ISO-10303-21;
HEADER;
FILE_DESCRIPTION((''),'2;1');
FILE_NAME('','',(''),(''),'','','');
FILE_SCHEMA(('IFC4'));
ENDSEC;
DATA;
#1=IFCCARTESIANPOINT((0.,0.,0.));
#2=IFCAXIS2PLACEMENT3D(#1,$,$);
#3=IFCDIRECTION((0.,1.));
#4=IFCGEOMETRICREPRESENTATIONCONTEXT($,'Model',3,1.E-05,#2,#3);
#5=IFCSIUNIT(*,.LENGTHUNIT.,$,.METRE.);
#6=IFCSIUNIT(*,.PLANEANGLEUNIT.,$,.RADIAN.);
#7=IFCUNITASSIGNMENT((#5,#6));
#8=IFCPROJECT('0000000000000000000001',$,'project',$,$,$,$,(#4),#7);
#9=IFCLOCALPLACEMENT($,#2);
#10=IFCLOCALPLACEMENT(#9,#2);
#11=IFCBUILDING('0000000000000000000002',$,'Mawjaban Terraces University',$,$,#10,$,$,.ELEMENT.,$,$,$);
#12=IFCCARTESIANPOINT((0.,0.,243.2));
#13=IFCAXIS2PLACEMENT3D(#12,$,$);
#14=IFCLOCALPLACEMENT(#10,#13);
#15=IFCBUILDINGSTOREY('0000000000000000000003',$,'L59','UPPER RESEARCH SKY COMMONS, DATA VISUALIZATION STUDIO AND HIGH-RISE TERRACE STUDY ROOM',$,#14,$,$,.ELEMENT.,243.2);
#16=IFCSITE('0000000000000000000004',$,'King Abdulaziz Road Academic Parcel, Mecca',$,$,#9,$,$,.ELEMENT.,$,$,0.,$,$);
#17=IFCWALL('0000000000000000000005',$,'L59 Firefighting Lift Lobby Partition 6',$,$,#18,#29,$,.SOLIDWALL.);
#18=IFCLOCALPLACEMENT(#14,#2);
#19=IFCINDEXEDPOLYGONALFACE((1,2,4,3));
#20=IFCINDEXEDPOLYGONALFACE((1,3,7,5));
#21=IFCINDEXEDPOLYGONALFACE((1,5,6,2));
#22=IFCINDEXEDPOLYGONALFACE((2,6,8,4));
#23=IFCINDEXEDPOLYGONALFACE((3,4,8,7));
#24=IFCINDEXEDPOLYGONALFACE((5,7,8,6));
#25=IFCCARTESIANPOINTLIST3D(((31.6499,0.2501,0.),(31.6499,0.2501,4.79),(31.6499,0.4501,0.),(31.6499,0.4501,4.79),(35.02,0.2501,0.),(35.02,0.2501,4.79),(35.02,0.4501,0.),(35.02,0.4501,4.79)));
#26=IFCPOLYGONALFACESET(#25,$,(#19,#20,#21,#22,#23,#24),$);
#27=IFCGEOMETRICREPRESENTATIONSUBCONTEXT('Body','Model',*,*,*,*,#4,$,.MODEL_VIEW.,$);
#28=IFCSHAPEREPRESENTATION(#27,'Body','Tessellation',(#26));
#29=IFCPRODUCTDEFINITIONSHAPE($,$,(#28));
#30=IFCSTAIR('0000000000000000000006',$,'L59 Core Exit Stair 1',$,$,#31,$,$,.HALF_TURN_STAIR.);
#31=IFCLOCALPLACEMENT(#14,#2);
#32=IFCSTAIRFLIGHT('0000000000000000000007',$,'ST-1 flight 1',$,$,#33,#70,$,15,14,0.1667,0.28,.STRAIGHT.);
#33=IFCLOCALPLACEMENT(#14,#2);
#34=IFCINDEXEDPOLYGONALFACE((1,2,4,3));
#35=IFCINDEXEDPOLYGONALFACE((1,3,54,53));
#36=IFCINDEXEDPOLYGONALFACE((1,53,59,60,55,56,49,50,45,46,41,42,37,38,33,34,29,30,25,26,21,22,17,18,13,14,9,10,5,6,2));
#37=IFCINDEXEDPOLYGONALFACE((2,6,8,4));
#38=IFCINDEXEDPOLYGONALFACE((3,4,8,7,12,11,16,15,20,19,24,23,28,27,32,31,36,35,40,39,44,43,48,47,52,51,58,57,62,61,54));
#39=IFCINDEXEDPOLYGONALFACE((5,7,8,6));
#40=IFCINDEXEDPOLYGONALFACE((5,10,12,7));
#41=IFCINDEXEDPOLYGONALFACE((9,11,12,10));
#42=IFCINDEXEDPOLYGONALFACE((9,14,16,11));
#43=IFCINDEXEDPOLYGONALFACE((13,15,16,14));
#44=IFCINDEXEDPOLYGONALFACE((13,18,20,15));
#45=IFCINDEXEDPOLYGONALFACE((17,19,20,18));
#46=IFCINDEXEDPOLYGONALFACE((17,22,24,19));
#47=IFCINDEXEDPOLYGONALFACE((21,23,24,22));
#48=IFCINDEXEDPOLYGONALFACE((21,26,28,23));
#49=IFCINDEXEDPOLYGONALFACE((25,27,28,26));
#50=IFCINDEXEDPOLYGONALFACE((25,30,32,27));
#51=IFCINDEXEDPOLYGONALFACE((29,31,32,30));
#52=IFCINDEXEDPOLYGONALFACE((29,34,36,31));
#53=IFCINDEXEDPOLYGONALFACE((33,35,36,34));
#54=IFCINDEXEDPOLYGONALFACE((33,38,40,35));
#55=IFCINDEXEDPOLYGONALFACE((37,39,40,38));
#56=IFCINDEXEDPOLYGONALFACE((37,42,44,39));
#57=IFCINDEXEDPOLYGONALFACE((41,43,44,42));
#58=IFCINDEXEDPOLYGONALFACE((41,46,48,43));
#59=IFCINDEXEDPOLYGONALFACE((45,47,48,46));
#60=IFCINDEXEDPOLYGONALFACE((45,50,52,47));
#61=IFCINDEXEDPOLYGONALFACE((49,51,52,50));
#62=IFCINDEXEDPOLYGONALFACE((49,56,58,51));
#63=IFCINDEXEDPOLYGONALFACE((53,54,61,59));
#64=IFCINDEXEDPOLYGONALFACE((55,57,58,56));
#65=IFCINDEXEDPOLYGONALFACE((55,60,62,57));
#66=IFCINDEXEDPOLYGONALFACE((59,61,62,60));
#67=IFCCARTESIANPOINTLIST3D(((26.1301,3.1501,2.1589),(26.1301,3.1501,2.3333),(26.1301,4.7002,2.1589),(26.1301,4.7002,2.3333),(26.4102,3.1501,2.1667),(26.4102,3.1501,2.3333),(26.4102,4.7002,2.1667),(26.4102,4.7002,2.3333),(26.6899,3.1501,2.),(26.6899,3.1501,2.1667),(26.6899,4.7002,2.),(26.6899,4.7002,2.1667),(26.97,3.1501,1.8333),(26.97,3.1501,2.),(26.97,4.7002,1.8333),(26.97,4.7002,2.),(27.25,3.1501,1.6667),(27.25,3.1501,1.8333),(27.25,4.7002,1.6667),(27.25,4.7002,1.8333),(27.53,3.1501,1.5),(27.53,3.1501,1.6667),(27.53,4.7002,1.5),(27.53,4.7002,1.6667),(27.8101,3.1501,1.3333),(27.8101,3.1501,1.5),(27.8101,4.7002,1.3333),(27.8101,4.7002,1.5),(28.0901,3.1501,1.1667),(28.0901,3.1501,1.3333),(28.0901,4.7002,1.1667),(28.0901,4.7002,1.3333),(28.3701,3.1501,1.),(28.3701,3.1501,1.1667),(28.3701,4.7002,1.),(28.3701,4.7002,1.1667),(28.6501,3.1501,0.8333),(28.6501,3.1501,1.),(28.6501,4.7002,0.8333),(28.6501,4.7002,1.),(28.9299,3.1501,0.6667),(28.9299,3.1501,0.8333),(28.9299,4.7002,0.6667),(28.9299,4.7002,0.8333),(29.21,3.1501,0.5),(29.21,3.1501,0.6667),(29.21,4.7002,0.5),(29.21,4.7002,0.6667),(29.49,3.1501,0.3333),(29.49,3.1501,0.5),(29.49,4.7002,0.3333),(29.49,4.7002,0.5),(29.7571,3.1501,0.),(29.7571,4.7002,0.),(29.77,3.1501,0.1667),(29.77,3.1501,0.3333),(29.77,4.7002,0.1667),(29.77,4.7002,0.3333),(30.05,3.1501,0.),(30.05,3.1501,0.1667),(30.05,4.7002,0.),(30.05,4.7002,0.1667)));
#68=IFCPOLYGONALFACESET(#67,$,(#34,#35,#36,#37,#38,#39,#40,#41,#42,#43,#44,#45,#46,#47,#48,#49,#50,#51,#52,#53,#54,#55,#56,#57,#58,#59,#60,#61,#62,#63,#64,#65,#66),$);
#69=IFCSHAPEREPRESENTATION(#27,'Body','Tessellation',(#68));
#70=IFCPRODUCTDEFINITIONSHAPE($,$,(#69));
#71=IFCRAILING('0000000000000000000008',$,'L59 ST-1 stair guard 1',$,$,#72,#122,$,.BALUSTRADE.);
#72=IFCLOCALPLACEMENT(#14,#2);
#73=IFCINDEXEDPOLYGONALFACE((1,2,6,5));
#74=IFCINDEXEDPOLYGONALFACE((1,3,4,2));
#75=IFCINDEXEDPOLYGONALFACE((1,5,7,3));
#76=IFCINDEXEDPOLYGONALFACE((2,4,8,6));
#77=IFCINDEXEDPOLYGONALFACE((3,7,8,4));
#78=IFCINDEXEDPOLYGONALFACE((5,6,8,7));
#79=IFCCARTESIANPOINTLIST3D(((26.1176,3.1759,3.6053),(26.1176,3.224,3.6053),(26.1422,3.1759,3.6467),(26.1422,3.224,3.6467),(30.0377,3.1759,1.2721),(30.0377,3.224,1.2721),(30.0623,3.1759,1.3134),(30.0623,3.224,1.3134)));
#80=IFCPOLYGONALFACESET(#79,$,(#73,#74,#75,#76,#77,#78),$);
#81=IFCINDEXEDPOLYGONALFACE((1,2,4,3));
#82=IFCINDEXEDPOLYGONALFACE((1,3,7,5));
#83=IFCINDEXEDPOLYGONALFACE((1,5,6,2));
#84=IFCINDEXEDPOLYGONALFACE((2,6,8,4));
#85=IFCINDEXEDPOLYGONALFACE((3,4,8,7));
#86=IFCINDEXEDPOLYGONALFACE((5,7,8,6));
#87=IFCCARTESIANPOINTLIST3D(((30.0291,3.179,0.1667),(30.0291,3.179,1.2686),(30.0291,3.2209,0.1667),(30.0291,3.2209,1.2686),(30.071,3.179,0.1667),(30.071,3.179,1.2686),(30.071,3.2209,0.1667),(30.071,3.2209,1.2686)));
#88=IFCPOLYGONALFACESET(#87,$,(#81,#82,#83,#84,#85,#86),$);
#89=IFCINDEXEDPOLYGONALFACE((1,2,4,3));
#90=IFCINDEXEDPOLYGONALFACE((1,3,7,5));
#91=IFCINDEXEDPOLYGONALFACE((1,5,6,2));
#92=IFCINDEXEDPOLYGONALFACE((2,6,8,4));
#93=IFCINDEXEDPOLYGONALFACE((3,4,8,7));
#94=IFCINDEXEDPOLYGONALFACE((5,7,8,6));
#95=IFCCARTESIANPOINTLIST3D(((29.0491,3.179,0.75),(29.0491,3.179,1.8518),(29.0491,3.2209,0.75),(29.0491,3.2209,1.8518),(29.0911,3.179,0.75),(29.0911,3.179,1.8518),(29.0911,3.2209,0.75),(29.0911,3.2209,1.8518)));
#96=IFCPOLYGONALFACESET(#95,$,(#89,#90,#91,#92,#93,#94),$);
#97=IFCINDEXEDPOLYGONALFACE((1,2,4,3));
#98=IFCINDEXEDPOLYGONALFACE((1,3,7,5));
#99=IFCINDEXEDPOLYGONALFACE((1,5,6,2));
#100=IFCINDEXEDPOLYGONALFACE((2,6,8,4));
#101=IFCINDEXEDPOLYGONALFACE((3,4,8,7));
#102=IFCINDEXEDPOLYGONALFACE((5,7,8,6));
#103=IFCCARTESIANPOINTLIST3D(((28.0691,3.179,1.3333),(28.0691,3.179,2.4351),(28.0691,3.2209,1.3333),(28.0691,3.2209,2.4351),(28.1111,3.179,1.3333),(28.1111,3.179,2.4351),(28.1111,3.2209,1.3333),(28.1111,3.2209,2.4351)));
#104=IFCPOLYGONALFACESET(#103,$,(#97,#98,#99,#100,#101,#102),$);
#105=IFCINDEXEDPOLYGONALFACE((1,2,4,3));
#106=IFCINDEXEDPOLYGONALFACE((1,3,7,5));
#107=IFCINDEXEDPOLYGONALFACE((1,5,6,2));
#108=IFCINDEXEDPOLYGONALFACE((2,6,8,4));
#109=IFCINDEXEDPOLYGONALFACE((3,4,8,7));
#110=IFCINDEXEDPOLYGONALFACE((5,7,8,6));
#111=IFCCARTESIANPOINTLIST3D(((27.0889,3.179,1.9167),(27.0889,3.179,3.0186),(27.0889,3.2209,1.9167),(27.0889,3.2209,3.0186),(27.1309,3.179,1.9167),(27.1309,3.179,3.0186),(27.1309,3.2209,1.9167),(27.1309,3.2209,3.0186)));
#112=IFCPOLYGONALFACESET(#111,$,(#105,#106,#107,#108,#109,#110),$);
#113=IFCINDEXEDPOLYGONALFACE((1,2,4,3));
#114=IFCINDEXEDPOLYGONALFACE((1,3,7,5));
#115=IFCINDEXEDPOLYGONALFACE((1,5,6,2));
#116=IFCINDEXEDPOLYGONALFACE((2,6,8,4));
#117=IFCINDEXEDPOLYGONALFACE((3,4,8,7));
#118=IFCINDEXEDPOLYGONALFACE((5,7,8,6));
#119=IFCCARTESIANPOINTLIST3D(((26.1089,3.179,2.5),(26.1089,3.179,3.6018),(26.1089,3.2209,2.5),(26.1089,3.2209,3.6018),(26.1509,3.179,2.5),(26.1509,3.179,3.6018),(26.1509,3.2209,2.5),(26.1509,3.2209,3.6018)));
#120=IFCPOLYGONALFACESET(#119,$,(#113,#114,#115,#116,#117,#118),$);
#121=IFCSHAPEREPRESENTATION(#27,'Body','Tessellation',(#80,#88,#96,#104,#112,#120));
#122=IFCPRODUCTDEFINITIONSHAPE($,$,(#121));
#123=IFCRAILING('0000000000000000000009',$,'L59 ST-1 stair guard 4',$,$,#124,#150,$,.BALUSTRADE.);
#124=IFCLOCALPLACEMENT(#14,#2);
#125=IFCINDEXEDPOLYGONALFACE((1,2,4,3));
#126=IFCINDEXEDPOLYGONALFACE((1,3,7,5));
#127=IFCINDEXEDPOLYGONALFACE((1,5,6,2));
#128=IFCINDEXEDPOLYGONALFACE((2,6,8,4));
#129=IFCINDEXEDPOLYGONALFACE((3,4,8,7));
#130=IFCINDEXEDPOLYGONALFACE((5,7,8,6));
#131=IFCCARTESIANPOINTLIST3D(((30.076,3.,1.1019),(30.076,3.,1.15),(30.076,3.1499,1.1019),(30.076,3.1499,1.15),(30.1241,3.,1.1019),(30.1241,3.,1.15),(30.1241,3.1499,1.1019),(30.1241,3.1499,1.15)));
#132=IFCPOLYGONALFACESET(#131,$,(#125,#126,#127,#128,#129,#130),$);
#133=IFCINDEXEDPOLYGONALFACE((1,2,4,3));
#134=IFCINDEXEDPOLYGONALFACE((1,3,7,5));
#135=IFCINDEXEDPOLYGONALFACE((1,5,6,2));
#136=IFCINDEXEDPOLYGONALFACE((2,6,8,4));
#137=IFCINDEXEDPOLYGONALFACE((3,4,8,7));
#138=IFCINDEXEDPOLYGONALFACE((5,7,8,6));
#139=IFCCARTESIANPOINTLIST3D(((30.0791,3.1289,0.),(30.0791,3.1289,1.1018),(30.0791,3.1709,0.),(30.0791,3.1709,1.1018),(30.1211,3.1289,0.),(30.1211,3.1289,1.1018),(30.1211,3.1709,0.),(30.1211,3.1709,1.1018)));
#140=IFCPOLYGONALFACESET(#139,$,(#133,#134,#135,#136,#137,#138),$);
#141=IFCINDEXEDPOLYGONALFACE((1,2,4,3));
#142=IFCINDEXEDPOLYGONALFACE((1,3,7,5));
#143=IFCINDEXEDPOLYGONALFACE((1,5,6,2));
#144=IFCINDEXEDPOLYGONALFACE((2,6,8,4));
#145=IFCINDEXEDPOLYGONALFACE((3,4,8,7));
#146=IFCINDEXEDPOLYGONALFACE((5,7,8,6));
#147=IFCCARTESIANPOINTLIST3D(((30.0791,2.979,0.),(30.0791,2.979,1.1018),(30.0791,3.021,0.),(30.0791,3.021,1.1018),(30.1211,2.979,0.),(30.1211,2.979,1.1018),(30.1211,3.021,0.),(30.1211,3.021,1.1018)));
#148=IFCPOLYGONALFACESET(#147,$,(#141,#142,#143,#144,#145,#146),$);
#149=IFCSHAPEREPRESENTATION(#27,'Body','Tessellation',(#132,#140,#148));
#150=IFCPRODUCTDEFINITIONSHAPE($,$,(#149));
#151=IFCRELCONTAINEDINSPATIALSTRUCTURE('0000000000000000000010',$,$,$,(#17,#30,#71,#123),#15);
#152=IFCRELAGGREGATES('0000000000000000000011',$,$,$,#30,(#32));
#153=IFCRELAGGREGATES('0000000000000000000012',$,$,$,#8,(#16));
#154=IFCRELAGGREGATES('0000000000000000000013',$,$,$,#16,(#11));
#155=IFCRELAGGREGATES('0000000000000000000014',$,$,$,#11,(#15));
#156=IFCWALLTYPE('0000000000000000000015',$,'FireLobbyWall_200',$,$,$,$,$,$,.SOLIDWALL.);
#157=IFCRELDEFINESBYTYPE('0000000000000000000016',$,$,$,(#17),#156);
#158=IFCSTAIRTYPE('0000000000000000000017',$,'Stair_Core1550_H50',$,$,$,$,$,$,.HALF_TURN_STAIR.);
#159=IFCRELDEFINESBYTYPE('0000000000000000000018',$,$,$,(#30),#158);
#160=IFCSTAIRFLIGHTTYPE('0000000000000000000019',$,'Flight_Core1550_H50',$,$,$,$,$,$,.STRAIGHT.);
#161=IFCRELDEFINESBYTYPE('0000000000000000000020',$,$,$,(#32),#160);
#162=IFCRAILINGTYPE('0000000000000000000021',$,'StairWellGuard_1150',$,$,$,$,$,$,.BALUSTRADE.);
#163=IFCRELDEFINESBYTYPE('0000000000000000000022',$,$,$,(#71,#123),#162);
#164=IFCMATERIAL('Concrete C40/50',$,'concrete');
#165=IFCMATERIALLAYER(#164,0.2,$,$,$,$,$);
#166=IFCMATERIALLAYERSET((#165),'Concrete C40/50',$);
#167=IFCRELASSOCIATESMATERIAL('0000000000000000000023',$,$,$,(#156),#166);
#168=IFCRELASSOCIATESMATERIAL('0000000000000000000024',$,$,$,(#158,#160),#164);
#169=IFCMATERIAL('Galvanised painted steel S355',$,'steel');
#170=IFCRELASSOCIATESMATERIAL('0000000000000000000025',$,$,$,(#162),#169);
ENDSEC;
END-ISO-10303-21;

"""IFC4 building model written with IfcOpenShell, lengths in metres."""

from ifc_helpers import new_model, si_unit, direction, frame, frame_2d, origin, origin_2d, place, context, subcontext, project, spatial, polyline, rectangle, outline, extrude, material, layer, layer_set, type_object, element, aggregate, save


model = new_model("IFC4")

# Units and contexts
model_context = context("Model", 3, precision=1e-05, world=origin(), true_north=direction((0.0, 1.0)))
body_context = subcontext(model_context, "Body", "Model", "MODEL_VIEW")
ifc_project = project(units=[si_unit("LENGTHUNIT", "METRE"), si_unit("PLANEANGLEUNIT", "RADIAN")], contexts=[model_context])

# Site, building, storey
site_placement = place(None, origin())
site = spatial("IfcSite", under=ifc_project, at=site_placement, Name="King Abdulaziz Road Academic Parcel, Mecca", CompositionType="ELEMENT", RefElevation=0.0)
building_placement = place(site_placement, origin())
building = spatial("IfcBuilding", under=site, at=building_placement, Name="Mawjaban Terraces University", CompositionType="ELEMENT")
storey_placement = place(building_placement, frame((0.0, 0.0, 243.2)))
storey = spatial("IfcBuildingStorey", under=building, at=storey_placement, Name="L59", Description="UPPER RESEARCH SKY COMMONS, DATA VISUALIZATION STUDIO AND HIGH-RISE TERRACE STUDY ROOM", CompositionType="ELEMENT", Elevation=243.2)

# Shared definitions
ifc_material_1 = material(Name="Concrete C40/50", Category="concrete")
ifc_layer_1 = layer(ifc_material_1, 0.2)
ifc_layer_set_1 = layer_set([ifc_layer_1], Name="Concrete C40/50")
wall_type_1 = type_object("IfcWallType", Name="FireLobbyWall_200", PredefinedType="SOLIDWALL", material=ifc_layer_set_1)

# Wall
wall_1_placement = place(storey_placement, frame((31.6499, 0.3501, 0.0), z_axis=(0.0, 0.0, 1.0), x_axis=(1.0, 0.0, 0.0)))
element("IfcWall", 1, at=wall_1_placement, inside=storey, type_object=wall_type_1, Name="L59 Firefighting Lift Lobby Partition 6", PredefinedType="SOLIDWALL", context=body_context, shape_type="SweptSolid", body=[
    extrude(rectangle(XDim=3.3701, YDim=0.2, at=frame_2d((1.6851, 0.0))), origin(), (0.0, 0.0, 1.0), 4.79),
])

# Stair, stair flight
stair_type = type_object("IfcStairType", Name="Stair_Core1550_H50", PredefinedType="HALF_TURN_STAIR", material=ifc_material_1)
stair_placement = place(storey_placement, origin())
stair = element("IfcStair", 2, at=stair_placement, inside=storey, type_object=stair_type, Name="L59 Core Exit Stair 1", PredefinedType="HALF_TURN_STAIR")
stair_flight_type = type_object("IfcStairFlightType", Name="Flight_Core1550_H50", PredefinedType="STRAIGHT", material=ifc_material_1)
stair_flight_placement = place(storey_placement, frame((30.05, 3.925, 0.0), z_axis=(0.0, 0.0, 1.0), x_axis=(-1.0, 0.0, 0.0)))
stair_flight = element("IfcStairFlight", 3, at=stair_flight_placement, type_object=stair_flight_type, Name="ST-1 flight 1", NumberOfRisers=15, NumberOfTreads=14, PredefinedType="STRAIGHT", RiserHeight=0.1667, TreadLength=0.28, context=body_context, shape_type="SweptSolid", body=[
    extrude(outline(polyline([(0.0, 0.0), (0.0, 0.1667), (0.28, 0.1667), (0.28, 0.3333), (0.5601, 0.3333), (0.5601, 0.5), (0.8401, 0.5), (0.8401, 0.6667), (1.1201, 0.6667), (1.1201, 0.8333), (1.3999, 0.8333), (1.3999, 1.0), (1.6799, 1.0), (1.6799, 1.1667), (1.96, 1.1667), (1.96, 1.3333), (2.24, 1.3333), (2.24, 1.5), (2.52, 1.5), (2.52, 1.6667), (2.8, 1.6667), (2.8, 1.8333), (3.0801, 1.8333), (3.0801, 2.0), (3.3601, 2.0), (3.3601, 2.1667), (3.6399, 2.1667), (3.6399, 2.3333), (3.9199, 2.3333), (3.9199, 2.5), (3.9199, 2.1589), (0.293, 0.0), (0.0, 0.0)])), frame((0.0, 0.7749, 0.0), z_axis=(0.0, -1.0, 0.0), x_axis=(1.0, 0.0, 0.0)), (0.0, 0.0, 1.0), 1.55),
])
aggregate(stair, [stair_flight])

# Railings
ifc_material_2 = material(Name="Galvanised painted steel S355", Category="steel")
railing_type = type_object("IfcRailingType", Name="StairWellGuard_1150", PredefinedType="BALUSTRADE", material=ifc_material_2)
railing_1_placement = place(storey_placement, frame((30.05, 3.2, 0.1667)))
element("IfcRailing", 4, at=railing_1_placement, inside=storey, type_object=railing_type, Name="L59 ST-1 stair guard 1", PredefinedType="BALUSTRADE", context=body_context, shape_type="SweptSolid", body=[
    extrude(rectangle(XDim=0.0481, YDim=0.0481, at=origin_2d()), frame((0.0, 0.0, 1.126), z_axis=(-0.85931, 0.0, 0.511455), x_axis=(0.0, -1.0, 0.0)), (0.0, 0.0, 1.0), 4.562),
    extrude(rectangle(XDim=0.042, YDim=0.042, at=origin_2d()), origin(), (0.0, 0.0, 1.0), 1.1018),
    extrude(rectangle(XDim=0.042, YDim=0.042, at=origin_2d()), frame((-0.98, 0.0, 0.5833)), (0.0, 0.0, 1.0), 1.1018),
    extrude(rectangle(XDim=0.042, YDim=0.042, at=origin_2d()), frame((-1.96, 0.0, 1.1665)), (0.0, 0.0, 1.0), 1.1018),
    extrude(rectangle(XDim=0.042, YDim=0.042, at=origin_2d()), frame((-2.9402, 0.0, 1.75)), (0.0, 0.0, 1.0), 1.1018),
    extrude(rectangle(XDim=0.042, YDim=0.042, at=origin_2d()), frame((-3.9202, 0.0, 2.3333)), (0.0, 0.0, 1.0), 1.1018),
])
railing_2_placement = place(storey_placement, frame((30.1001, 3.1499, 0.0)))
element("IfcRailing", 5, at=railing_2_placement, inside=storey, type_object=railing_type, Name="L59 ST-1 stair guard 4", PredefinedType="BALUSTRADE", context=body_context, shape_type="SweptSolid", body=[
    extrude(rectangle(XDim=0.0481, YDim=0.0481, at=origin_2d()), frame((0.0, 0.0, 1.126), z_axis=(0.0, -1.0, 0.0), x_axis=(1.0, 0.0, 0.0)), (0.0, 0.0, 1.0), 0.1499),
    extrude(rectangle(XDim=0.042, YDim=0.042, at=origin_2d()), origin(), (0.0, 0.0, 1.0), 1.1018),
    extrude(rectangle(XDim=0.042, YDim=0.042, at=origin_2d()), frame((0.0, -0.1499, 0.0)), (0.0, 0.0, 1.0), 1.1018),
])

save(model, "model.ifc")
